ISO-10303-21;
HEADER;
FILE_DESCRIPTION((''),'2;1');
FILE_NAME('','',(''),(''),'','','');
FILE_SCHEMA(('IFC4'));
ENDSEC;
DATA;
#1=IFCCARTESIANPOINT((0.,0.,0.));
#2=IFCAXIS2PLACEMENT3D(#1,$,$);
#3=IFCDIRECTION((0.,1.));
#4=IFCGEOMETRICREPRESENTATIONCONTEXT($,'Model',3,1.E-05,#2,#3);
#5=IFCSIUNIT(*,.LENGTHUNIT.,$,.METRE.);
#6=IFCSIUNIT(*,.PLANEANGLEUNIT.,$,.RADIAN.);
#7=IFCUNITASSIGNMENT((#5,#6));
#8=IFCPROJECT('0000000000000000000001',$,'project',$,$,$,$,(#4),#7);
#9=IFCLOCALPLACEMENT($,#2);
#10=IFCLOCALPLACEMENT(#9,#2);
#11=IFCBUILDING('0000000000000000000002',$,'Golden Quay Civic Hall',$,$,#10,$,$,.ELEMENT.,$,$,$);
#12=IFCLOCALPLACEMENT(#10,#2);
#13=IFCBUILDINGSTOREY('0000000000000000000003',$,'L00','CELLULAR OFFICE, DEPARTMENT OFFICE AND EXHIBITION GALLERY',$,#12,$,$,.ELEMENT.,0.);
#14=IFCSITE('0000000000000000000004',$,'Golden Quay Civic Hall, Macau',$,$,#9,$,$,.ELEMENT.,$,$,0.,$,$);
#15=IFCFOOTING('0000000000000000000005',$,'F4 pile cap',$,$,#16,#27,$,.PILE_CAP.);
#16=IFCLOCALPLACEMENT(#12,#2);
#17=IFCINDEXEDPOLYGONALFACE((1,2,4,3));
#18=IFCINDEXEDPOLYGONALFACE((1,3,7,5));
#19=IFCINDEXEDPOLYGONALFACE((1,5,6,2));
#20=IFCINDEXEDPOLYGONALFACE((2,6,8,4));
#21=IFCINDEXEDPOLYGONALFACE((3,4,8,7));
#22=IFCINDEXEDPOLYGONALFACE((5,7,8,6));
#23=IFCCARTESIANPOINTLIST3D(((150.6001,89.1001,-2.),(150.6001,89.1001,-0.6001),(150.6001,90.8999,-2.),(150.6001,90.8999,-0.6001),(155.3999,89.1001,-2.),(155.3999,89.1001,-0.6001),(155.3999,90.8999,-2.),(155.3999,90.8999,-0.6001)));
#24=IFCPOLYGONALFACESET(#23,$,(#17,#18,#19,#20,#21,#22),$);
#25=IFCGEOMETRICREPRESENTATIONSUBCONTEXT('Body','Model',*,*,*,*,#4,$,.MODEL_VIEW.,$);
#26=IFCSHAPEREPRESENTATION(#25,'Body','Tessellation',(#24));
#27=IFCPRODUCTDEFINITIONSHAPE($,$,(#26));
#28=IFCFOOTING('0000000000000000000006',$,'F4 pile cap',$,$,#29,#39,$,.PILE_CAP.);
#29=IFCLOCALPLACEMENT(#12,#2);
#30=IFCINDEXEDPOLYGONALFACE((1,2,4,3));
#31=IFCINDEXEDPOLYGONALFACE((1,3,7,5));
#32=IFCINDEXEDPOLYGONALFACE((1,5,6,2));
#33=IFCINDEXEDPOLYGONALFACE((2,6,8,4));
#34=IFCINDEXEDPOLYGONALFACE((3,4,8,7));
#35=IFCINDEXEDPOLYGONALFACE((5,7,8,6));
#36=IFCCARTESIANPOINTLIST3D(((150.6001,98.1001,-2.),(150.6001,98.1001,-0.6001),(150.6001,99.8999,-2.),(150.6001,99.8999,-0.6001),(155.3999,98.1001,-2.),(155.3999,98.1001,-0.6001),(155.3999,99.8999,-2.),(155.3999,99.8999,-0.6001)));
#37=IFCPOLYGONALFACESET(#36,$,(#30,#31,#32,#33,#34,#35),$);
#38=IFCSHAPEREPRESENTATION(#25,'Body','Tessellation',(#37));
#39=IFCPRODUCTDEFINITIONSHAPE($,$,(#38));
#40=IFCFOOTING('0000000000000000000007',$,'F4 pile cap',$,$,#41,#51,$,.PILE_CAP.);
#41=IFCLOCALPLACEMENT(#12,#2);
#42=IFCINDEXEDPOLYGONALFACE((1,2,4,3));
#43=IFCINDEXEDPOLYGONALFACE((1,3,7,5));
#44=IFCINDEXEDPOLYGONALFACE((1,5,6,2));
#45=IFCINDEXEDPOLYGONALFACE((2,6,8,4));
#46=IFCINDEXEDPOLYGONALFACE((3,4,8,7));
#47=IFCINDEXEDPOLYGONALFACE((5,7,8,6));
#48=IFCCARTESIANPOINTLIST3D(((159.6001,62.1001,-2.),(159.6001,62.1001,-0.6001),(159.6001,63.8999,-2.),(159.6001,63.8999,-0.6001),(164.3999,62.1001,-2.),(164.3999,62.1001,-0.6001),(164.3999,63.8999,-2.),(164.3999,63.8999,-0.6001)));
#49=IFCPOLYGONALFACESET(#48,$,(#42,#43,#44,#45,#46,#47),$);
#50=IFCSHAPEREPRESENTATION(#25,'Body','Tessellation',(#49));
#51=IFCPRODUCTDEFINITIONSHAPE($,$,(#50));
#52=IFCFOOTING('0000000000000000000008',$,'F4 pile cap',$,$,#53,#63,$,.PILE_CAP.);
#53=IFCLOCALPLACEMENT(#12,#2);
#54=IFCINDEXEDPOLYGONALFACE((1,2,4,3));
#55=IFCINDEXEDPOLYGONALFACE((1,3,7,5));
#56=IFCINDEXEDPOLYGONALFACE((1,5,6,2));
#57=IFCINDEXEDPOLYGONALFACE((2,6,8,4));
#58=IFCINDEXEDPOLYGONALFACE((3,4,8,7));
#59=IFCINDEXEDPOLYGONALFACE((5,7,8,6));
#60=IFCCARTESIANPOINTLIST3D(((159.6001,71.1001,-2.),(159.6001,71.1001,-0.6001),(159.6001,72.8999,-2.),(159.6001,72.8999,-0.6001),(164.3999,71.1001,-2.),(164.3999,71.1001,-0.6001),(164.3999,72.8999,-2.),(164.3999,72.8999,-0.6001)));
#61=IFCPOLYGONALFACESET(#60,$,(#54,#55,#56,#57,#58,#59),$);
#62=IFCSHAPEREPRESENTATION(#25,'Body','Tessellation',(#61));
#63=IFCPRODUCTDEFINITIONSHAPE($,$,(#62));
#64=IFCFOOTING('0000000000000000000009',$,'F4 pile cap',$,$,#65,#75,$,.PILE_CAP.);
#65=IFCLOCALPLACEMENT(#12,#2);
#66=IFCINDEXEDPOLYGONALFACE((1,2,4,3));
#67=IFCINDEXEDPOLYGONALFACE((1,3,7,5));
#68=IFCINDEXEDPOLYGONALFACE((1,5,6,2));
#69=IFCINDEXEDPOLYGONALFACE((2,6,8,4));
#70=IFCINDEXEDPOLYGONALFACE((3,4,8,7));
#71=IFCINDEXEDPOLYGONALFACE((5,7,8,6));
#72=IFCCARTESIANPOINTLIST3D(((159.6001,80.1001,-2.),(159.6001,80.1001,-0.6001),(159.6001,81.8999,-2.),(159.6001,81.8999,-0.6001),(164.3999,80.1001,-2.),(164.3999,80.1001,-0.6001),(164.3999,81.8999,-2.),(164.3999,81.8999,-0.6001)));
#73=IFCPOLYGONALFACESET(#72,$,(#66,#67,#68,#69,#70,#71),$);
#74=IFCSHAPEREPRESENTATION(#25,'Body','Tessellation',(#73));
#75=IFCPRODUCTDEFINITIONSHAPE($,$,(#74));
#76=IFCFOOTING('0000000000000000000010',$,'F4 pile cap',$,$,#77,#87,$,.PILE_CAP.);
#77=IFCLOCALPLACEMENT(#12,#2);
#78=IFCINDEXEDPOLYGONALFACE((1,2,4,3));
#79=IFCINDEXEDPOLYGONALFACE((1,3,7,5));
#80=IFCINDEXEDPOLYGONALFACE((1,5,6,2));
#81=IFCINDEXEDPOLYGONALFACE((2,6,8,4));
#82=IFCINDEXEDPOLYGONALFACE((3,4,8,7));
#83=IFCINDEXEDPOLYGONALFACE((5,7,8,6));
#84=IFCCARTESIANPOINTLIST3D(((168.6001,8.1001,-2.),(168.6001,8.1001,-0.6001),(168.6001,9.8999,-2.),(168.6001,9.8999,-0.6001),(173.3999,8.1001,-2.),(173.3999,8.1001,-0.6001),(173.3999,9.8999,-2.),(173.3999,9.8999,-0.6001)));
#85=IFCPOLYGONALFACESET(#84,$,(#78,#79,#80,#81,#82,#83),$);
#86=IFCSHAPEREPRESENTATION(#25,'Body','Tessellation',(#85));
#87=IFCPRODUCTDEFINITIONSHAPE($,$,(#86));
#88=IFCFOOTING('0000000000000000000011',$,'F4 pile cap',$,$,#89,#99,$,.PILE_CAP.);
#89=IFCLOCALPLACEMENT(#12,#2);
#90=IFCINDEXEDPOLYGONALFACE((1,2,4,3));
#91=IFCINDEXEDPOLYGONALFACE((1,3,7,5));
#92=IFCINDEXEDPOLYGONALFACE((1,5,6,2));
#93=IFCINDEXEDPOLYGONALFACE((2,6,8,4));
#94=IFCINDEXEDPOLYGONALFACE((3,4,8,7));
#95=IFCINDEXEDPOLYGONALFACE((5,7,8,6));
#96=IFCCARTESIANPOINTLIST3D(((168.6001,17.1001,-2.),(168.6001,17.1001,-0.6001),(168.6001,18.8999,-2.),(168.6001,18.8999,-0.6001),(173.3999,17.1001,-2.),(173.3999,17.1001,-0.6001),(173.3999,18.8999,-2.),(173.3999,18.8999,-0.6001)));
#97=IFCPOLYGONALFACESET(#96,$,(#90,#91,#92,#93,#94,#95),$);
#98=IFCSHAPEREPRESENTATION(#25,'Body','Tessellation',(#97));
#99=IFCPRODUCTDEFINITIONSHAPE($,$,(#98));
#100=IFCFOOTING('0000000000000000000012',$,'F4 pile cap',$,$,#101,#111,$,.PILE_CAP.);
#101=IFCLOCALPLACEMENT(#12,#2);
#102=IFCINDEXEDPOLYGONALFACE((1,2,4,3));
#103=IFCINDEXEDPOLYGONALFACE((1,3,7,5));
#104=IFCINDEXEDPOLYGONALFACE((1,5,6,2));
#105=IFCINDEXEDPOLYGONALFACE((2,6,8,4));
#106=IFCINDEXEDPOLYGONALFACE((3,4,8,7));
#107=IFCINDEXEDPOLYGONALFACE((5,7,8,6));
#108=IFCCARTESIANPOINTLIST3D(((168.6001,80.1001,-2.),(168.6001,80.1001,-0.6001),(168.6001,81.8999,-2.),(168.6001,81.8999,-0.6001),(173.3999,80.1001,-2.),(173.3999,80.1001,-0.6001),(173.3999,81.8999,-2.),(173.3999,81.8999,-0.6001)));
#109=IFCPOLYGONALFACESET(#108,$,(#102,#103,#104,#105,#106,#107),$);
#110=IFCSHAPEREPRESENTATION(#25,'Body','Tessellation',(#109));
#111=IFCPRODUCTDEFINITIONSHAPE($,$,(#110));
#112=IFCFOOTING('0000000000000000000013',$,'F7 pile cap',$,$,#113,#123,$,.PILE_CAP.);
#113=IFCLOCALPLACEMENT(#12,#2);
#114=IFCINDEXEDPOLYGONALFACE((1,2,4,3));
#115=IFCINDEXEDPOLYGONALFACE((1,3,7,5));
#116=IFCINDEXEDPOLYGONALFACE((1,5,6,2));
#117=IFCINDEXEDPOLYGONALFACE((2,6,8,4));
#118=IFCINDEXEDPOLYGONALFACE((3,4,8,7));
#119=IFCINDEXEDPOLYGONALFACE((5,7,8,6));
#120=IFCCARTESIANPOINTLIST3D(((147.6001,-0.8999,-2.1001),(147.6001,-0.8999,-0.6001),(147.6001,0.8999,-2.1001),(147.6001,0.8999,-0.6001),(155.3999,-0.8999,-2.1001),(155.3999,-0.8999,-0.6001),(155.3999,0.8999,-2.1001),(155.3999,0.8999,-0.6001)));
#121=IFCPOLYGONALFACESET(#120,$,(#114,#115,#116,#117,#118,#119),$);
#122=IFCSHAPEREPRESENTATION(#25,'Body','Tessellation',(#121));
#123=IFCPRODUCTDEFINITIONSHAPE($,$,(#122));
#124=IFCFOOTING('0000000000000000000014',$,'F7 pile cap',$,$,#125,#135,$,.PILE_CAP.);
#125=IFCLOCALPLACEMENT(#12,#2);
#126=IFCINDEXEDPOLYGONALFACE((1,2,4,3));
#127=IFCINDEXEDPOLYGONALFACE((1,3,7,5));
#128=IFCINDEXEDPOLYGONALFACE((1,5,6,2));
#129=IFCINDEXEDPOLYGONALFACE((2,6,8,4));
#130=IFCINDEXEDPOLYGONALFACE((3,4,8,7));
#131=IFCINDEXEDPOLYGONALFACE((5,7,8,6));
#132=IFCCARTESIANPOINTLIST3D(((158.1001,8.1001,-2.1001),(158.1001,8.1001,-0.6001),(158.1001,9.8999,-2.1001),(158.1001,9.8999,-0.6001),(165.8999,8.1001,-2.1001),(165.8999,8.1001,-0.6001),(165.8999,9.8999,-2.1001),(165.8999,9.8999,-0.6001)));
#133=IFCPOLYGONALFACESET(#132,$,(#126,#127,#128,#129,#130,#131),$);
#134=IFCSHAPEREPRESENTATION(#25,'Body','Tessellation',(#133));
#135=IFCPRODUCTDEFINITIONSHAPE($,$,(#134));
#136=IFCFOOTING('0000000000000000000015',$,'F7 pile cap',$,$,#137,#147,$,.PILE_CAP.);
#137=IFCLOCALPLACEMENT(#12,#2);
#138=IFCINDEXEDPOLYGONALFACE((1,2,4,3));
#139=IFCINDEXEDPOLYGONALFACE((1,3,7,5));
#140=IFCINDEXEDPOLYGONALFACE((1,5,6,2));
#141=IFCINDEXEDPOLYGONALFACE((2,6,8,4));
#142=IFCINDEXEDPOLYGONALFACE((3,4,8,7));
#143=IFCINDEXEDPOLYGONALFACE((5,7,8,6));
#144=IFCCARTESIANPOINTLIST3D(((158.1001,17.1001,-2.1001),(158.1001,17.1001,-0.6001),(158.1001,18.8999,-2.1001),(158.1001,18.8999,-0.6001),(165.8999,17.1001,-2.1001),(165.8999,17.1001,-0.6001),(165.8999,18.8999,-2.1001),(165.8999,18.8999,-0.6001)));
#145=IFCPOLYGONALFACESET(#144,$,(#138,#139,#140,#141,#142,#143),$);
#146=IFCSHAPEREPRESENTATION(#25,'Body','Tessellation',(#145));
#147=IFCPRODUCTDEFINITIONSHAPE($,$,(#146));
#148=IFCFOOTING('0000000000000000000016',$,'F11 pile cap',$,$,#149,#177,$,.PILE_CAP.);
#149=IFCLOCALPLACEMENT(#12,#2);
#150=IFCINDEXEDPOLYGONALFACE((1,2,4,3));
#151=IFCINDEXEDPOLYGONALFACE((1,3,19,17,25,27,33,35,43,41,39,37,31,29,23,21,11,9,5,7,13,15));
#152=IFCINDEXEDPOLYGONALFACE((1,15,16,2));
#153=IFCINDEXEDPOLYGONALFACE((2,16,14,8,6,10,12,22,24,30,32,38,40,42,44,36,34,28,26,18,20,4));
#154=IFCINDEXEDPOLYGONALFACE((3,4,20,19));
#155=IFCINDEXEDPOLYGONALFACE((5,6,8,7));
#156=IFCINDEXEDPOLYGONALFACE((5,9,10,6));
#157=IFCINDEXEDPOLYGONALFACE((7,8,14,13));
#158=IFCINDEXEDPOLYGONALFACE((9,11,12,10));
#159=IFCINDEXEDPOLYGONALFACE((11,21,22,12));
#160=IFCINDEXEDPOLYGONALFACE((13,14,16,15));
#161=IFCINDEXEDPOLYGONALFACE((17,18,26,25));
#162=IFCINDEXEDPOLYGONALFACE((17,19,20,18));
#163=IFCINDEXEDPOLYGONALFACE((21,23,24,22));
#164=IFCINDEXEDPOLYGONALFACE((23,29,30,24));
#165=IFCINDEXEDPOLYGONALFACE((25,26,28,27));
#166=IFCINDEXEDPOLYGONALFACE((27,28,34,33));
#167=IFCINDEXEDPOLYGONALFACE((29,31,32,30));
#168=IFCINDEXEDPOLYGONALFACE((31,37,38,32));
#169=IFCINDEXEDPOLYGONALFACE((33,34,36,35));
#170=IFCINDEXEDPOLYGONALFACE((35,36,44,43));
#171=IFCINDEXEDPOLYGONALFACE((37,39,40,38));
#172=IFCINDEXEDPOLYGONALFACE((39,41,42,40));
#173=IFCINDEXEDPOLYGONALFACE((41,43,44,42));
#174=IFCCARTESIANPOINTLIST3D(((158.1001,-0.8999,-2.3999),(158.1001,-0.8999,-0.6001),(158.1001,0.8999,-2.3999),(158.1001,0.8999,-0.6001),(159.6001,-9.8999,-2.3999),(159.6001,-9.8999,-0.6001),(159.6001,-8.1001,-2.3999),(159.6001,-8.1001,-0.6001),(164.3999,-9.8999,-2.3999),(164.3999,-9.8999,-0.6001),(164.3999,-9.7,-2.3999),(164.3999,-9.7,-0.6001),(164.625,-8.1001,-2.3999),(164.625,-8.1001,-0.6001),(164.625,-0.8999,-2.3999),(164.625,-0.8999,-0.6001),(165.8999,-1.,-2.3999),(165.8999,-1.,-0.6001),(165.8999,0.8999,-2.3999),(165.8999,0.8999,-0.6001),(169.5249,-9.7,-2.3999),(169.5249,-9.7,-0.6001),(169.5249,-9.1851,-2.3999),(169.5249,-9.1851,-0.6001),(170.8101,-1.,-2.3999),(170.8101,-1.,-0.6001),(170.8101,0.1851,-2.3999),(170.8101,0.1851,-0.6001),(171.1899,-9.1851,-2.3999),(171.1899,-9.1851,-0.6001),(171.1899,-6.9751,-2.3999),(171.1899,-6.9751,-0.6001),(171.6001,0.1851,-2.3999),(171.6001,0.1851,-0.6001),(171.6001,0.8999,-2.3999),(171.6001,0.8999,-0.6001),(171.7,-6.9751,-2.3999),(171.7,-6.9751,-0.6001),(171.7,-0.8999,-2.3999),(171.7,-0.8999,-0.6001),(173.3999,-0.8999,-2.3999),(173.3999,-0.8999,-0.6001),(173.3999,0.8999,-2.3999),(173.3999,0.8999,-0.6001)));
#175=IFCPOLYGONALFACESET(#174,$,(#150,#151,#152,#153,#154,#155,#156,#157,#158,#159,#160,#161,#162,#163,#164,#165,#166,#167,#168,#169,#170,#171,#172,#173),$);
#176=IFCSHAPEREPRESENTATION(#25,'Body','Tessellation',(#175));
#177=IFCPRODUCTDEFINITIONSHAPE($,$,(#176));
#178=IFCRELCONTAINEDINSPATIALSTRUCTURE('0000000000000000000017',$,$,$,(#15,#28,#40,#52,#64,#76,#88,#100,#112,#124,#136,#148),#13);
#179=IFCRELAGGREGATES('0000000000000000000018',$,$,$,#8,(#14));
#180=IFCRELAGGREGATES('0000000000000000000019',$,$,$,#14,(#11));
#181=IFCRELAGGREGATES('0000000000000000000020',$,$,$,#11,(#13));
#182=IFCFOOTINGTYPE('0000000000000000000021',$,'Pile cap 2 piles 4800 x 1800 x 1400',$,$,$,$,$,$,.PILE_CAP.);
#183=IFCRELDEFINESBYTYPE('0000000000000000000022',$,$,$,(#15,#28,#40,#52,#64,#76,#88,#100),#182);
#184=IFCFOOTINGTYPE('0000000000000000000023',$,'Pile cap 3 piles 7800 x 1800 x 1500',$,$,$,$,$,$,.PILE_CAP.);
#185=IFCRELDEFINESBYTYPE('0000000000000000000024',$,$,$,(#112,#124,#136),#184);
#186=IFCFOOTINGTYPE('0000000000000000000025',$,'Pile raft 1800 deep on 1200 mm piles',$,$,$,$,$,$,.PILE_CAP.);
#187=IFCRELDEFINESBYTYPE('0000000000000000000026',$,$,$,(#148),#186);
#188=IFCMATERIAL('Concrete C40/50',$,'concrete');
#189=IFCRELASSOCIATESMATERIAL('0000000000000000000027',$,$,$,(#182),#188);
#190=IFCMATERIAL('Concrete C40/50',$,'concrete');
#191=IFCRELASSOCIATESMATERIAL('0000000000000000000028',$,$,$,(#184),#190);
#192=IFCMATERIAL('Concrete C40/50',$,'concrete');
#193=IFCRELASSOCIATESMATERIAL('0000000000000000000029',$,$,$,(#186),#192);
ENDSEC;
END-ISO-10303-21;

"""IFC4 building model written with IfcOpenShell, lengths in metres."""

from ifc_helpers import new_model, si_unit, direction, frame, origin, place, context, subcontext, project, spatial, polyline, outline, extrude, material, type_object, element, save


model = new_model("IFC4")

# Units and contexts
model_context = context("Model", 3, precision=1e-05, world=origin(), true_north=direction((0.0, 1.0)))
body_context = subcontext(model_context, "Body", "Model", "MODEL_VIEW")
ifc_project = project(units=[si_unit("LENGTHUNIT", "METRE"), si_unit("PLANEANGLEUNIT", "RADIAN")], contexts=[model_context])

# Site, building, storey
site_placement = place(None, origin())
site = spatial("IfcSite", under=ifc_project, at=site_placement, Name="Golden Quay Civic Hall, Macau", CompositionType="ELEMENT", RefElevation=0.0)
building_placement = place(site_placement, origin())
building = spatial("IfcBuilding", under=site, at=building_placement, Name="Golden Quay Civic Hall", CompositionType="ELEMENT")
storey_placement = place(building_placement, origin())
storey = spatial("IfcBuildingStorey", under=building, at=storey_placement, Name="L00", Description="CELLULAR OFFICE, DEPARTMENT OFFICE AND EXHIBITION GALLERY", CompositionType="ELEMENT", Elevation=0.0)

# Footings
ifc_material_1 = material(Name="Concrete C40/50", Category="concrete")
footing_type_1 = type_object("IfcFootingType", Name="Pile cap 2 piles 4800 x 1800 x 1400", PredefinedType="PILE_CAP", material=ifc_material_1)
footing_1_placement = place(storey_placement, frame((0.0, 0.0, -2.0)))
element("IfcFooting", 1, at=footing_1_placement, inside=storey, type_object=footing_type_1, Name="F4 pile cap", PredefinedType="PILE_CAP", context=body_context, shape_type="SweptSolid", body=[
    extrude(outline(polyline([(155.3999, 89.1001), (155.3999, 90.8999), (150.6001, 90.8999), (150.6001, 89.1001), (155.3999, 89.1001)])), origin(), (0.0, 0.0, 1.0), 1.3999),
])
footing_2_placement = place(storey_placement, frame((0.0, 0.0, -2.0)))
element("IfcFooting", 2, at=footing_2_placement, inside=storey, type_object=footing_type_1, Name="F4 pile cap", PredefinedType="PILE_CAP", context=body_context, shape_type="SweptSolid", body=[
    extrude(outline(polyline([(155.3999, 98.1001), (155.3999, 99.8999), (150.6001, 99.8999), (150.6001, 98.1001), (155.3999, 98.1001)])), origin(), (0.0, 0.0, 1.0), 1.3999),
])
footing_3_placement = place(storey_placement, frame((0.0, 0.0, -2.0)))
element("IfcFooting", 3, at=footing_3_placement, inside=storey, type_object=footing_type_1, Name="F4 pile cap", PredefinedType="PILE_CAP", context=body_context, shape_type="SweptSolid", body=[
    extrude(outline(polyline([(164.3999, 62.1001), (164.3999, 63.8999), (159.6001, 63.8999), (159.6001, 62.1001), (164.3999, 62.1001)])), origin(), (0.0, 0.0, 1.0), 1.3999),
])
footing_4_placement = place(storey_placement, frame((0.0, 0.0, -2.0)))
element("IfcFooting", 4, at=footing_4_placement, inside=storey, type_object=footing_type_1, Name="F4 pile cap", PredefinedType="PILE_CAP", context=body_context, shape_type="SweptSolid", body=[
    extrude(outline(polyline([(164.3999, 71.1001), (164.3999, 72.8999), (159.6001, 72.8999), (159.6001, 71.1001), (164.3999, 71.1001)])), origin(), (0.0, 0.0, 1.0), 1.3999),
])
footing_5_placement = place(storey_placement, frame((0.0, 0.0, -2.0)))
element("IfcFooting", 5, at=footing_5_placement, inside=storey, type_object=footing_type_1, Name="F4 pile cap", PredefinedType="PILE_CAP", context=body_context, shape_type="SweptSolid", body=[
    extrude(outline(polyline([(164.3999, 80.1001), (164.3999, 81.8999), (159.6001, 81.8999), (159.6001, 80.1001), (164.3999, 80.1001)])), origin(), (0.0, 0.0, 1.0), 1.3999),
])
footing_6_placement = place(storey_placement, frame((0.0, 0.0, -2.0)))
element("IfcFooting", 6, at=footing_6_placement, inside=storey, type_object=footing_type_1, Name="F4 pile cap", PredefinedType="PILE_CAP", context=body_context, shape_type="SweptSolid", body=[
    extrude(outline(polyline([(173.3999, 8.1001), (173.3999, 9.8999), (168.6001, 9.8999), (168.6001, 8.1001), (173.3999, 8.1001)])), origin(), (0.0, 0.0, 1.0), 1.3999),
])
footing_7_placement = place(storey_placement, frame((0.0, 0.0, -2.0)))
element("IfcFooting", 7, at=footing_7_placement, inside=storey, type_object=footing_type_1, Name="F4 pile cap", PredefinedType="PILE_CAP", context=body_context, shape_type="SweptSolid", body=[
    extrude(outline(polyline([(173.3999, 17.1001), (173.3999, 18.8999), (168.6001, 18.8999), (168.6001, 17.1001), (173.3999, 17.1001)])), origin(), (0.0, 0.0, 1.0), 1.3999),
])
footing_8_placement = place(storey_placement, frame((0.0, 0.0, -2.0)))
element("IfcFooting", 8, at=footing_8_placement, inside=storey, type_object=footing_type_1, Name="F4 pile cap", PredefinedType="PILE_CAP", context=body_context, shape_type="SweptSolid", body=[
    extrude(outline(polyline([(173.3999, 80.1001), (173.3999, 81.8999), (168.6001, 81.8999), (168.6001, 80.1001), (173.3999, 80.1001)])), origin(), (0.0, 0.0, 1.0), 1.3999),
])
ifc_material_2 = material(Name="Concrete C40/50", Category="concrete")
footing_type_2 = type_object("IfcFootingType", Name="Pile cap 3 piles 7800 x 1800 x 1500", PredefinedType="PILE_CAP", material=ifc_material_2)
footing_9_placement = place(storey_placement, frame((0.0, 0.0, -2.1001)))
element("IfcFooting", 9, at=footing_9_placement, inside=storey, type_object=footing_type_2, Name="F7 pile cap", PredefinedType="PILE_CAP", context=body_context, shape_type="SweptSolid", body=[
    extrude(outline(polyline([(155.3999, -0.8999), (155.3999, 0.8999), (147.6001, 0.8999), (147.6001, -0.8999), (155.3999, -0.8999)])), origin(), (0.0, 0.0, 1.0), 1.5),
])
footing_10_placement = place(storey_placement, frame((0.0, 0.0, -2.1001)))
element("IfcFooting", 10, at=footing_10_placement, inside=storey, type_object=footing_type_2, Name="F7 pile cap", PredefinedType="PILE_CAP", context=body_context, shape_type="SweptSolid", body=[
    extrude(outline(polyline([(165.8999, 8.1001), (165.8999, 9.8999), (158.1001, 9.8999), (158.1001, 8.1001), (165.8999, 8.1001)])), origin(), (0.0, 0.0, 1.0), 1.5),
])
footing_11_placement = place(storey_placement, frame((0.0, 0.0, -2.1001)))
element("IfcFooting", 11, at=footing_11_placement, inside=storey, type_object=footing_type_2, Name="F7 pile cap", PredefinedType="PILE_CAP", context=body_context, shape_type="SweptSolid", body=[
    extrude(outline(polyline([(165.8999, 17.1001), (165.8999, 18.8999), (158.1001, 18.8999), (158.1001, 17.1001), (165.8999, 17.1001)])), origin(), (0.0, 0.0, 1.0), 1.5),
])
ifc_material_3 = material(Name="Concrete C40/50", Category="concrete")
footing_type_3 = type_object("IfcFootingType", Name="Pile raft 1800 deep on 1200 mm piles", PredefinedType="PILE_CAP", material=ifc_material_3)
footing_12_placement = place(storey_placement, frame((0.0, 0.0, -2.3999)))
element("IfcFooting", 12, at=footing_12_placement, inside=storey, type_object=footing_type_3, Name="F11 pile cap", PredefinedType="PILE_CAP", context=body_context, shape_type="SweptSolid", body=[
    extrude(outline(polyline([(158.1001, -0.8999), (158.1001, 0.8999), (165.8999, 0.8999), (165.8999, -1.0), (170.8101, -1.0), (170.8101, 0.1851), (171.6001, 0.1851), (171.6001, 0.8999), (173.3999, 0.8999), (173.3999, -0.8999), (171.7, -0.8999), (171.7, -6.9751), (171.1899, -6.9751), (171.1899, -9.1851), (169.5249, -9.1851), (169.5249, -9.7), (164.3999, -9.7), (164.3999, -9.8999), (159.6001, -9.8999), (159.6001, -8.1001), (164.625, -8.1001), (164.625, -0.8999), (158.1001, -0.8999)])), origin(), (0.0, 0.0, 1.0), 1.7998),
])

save(model, "model.ifc")
